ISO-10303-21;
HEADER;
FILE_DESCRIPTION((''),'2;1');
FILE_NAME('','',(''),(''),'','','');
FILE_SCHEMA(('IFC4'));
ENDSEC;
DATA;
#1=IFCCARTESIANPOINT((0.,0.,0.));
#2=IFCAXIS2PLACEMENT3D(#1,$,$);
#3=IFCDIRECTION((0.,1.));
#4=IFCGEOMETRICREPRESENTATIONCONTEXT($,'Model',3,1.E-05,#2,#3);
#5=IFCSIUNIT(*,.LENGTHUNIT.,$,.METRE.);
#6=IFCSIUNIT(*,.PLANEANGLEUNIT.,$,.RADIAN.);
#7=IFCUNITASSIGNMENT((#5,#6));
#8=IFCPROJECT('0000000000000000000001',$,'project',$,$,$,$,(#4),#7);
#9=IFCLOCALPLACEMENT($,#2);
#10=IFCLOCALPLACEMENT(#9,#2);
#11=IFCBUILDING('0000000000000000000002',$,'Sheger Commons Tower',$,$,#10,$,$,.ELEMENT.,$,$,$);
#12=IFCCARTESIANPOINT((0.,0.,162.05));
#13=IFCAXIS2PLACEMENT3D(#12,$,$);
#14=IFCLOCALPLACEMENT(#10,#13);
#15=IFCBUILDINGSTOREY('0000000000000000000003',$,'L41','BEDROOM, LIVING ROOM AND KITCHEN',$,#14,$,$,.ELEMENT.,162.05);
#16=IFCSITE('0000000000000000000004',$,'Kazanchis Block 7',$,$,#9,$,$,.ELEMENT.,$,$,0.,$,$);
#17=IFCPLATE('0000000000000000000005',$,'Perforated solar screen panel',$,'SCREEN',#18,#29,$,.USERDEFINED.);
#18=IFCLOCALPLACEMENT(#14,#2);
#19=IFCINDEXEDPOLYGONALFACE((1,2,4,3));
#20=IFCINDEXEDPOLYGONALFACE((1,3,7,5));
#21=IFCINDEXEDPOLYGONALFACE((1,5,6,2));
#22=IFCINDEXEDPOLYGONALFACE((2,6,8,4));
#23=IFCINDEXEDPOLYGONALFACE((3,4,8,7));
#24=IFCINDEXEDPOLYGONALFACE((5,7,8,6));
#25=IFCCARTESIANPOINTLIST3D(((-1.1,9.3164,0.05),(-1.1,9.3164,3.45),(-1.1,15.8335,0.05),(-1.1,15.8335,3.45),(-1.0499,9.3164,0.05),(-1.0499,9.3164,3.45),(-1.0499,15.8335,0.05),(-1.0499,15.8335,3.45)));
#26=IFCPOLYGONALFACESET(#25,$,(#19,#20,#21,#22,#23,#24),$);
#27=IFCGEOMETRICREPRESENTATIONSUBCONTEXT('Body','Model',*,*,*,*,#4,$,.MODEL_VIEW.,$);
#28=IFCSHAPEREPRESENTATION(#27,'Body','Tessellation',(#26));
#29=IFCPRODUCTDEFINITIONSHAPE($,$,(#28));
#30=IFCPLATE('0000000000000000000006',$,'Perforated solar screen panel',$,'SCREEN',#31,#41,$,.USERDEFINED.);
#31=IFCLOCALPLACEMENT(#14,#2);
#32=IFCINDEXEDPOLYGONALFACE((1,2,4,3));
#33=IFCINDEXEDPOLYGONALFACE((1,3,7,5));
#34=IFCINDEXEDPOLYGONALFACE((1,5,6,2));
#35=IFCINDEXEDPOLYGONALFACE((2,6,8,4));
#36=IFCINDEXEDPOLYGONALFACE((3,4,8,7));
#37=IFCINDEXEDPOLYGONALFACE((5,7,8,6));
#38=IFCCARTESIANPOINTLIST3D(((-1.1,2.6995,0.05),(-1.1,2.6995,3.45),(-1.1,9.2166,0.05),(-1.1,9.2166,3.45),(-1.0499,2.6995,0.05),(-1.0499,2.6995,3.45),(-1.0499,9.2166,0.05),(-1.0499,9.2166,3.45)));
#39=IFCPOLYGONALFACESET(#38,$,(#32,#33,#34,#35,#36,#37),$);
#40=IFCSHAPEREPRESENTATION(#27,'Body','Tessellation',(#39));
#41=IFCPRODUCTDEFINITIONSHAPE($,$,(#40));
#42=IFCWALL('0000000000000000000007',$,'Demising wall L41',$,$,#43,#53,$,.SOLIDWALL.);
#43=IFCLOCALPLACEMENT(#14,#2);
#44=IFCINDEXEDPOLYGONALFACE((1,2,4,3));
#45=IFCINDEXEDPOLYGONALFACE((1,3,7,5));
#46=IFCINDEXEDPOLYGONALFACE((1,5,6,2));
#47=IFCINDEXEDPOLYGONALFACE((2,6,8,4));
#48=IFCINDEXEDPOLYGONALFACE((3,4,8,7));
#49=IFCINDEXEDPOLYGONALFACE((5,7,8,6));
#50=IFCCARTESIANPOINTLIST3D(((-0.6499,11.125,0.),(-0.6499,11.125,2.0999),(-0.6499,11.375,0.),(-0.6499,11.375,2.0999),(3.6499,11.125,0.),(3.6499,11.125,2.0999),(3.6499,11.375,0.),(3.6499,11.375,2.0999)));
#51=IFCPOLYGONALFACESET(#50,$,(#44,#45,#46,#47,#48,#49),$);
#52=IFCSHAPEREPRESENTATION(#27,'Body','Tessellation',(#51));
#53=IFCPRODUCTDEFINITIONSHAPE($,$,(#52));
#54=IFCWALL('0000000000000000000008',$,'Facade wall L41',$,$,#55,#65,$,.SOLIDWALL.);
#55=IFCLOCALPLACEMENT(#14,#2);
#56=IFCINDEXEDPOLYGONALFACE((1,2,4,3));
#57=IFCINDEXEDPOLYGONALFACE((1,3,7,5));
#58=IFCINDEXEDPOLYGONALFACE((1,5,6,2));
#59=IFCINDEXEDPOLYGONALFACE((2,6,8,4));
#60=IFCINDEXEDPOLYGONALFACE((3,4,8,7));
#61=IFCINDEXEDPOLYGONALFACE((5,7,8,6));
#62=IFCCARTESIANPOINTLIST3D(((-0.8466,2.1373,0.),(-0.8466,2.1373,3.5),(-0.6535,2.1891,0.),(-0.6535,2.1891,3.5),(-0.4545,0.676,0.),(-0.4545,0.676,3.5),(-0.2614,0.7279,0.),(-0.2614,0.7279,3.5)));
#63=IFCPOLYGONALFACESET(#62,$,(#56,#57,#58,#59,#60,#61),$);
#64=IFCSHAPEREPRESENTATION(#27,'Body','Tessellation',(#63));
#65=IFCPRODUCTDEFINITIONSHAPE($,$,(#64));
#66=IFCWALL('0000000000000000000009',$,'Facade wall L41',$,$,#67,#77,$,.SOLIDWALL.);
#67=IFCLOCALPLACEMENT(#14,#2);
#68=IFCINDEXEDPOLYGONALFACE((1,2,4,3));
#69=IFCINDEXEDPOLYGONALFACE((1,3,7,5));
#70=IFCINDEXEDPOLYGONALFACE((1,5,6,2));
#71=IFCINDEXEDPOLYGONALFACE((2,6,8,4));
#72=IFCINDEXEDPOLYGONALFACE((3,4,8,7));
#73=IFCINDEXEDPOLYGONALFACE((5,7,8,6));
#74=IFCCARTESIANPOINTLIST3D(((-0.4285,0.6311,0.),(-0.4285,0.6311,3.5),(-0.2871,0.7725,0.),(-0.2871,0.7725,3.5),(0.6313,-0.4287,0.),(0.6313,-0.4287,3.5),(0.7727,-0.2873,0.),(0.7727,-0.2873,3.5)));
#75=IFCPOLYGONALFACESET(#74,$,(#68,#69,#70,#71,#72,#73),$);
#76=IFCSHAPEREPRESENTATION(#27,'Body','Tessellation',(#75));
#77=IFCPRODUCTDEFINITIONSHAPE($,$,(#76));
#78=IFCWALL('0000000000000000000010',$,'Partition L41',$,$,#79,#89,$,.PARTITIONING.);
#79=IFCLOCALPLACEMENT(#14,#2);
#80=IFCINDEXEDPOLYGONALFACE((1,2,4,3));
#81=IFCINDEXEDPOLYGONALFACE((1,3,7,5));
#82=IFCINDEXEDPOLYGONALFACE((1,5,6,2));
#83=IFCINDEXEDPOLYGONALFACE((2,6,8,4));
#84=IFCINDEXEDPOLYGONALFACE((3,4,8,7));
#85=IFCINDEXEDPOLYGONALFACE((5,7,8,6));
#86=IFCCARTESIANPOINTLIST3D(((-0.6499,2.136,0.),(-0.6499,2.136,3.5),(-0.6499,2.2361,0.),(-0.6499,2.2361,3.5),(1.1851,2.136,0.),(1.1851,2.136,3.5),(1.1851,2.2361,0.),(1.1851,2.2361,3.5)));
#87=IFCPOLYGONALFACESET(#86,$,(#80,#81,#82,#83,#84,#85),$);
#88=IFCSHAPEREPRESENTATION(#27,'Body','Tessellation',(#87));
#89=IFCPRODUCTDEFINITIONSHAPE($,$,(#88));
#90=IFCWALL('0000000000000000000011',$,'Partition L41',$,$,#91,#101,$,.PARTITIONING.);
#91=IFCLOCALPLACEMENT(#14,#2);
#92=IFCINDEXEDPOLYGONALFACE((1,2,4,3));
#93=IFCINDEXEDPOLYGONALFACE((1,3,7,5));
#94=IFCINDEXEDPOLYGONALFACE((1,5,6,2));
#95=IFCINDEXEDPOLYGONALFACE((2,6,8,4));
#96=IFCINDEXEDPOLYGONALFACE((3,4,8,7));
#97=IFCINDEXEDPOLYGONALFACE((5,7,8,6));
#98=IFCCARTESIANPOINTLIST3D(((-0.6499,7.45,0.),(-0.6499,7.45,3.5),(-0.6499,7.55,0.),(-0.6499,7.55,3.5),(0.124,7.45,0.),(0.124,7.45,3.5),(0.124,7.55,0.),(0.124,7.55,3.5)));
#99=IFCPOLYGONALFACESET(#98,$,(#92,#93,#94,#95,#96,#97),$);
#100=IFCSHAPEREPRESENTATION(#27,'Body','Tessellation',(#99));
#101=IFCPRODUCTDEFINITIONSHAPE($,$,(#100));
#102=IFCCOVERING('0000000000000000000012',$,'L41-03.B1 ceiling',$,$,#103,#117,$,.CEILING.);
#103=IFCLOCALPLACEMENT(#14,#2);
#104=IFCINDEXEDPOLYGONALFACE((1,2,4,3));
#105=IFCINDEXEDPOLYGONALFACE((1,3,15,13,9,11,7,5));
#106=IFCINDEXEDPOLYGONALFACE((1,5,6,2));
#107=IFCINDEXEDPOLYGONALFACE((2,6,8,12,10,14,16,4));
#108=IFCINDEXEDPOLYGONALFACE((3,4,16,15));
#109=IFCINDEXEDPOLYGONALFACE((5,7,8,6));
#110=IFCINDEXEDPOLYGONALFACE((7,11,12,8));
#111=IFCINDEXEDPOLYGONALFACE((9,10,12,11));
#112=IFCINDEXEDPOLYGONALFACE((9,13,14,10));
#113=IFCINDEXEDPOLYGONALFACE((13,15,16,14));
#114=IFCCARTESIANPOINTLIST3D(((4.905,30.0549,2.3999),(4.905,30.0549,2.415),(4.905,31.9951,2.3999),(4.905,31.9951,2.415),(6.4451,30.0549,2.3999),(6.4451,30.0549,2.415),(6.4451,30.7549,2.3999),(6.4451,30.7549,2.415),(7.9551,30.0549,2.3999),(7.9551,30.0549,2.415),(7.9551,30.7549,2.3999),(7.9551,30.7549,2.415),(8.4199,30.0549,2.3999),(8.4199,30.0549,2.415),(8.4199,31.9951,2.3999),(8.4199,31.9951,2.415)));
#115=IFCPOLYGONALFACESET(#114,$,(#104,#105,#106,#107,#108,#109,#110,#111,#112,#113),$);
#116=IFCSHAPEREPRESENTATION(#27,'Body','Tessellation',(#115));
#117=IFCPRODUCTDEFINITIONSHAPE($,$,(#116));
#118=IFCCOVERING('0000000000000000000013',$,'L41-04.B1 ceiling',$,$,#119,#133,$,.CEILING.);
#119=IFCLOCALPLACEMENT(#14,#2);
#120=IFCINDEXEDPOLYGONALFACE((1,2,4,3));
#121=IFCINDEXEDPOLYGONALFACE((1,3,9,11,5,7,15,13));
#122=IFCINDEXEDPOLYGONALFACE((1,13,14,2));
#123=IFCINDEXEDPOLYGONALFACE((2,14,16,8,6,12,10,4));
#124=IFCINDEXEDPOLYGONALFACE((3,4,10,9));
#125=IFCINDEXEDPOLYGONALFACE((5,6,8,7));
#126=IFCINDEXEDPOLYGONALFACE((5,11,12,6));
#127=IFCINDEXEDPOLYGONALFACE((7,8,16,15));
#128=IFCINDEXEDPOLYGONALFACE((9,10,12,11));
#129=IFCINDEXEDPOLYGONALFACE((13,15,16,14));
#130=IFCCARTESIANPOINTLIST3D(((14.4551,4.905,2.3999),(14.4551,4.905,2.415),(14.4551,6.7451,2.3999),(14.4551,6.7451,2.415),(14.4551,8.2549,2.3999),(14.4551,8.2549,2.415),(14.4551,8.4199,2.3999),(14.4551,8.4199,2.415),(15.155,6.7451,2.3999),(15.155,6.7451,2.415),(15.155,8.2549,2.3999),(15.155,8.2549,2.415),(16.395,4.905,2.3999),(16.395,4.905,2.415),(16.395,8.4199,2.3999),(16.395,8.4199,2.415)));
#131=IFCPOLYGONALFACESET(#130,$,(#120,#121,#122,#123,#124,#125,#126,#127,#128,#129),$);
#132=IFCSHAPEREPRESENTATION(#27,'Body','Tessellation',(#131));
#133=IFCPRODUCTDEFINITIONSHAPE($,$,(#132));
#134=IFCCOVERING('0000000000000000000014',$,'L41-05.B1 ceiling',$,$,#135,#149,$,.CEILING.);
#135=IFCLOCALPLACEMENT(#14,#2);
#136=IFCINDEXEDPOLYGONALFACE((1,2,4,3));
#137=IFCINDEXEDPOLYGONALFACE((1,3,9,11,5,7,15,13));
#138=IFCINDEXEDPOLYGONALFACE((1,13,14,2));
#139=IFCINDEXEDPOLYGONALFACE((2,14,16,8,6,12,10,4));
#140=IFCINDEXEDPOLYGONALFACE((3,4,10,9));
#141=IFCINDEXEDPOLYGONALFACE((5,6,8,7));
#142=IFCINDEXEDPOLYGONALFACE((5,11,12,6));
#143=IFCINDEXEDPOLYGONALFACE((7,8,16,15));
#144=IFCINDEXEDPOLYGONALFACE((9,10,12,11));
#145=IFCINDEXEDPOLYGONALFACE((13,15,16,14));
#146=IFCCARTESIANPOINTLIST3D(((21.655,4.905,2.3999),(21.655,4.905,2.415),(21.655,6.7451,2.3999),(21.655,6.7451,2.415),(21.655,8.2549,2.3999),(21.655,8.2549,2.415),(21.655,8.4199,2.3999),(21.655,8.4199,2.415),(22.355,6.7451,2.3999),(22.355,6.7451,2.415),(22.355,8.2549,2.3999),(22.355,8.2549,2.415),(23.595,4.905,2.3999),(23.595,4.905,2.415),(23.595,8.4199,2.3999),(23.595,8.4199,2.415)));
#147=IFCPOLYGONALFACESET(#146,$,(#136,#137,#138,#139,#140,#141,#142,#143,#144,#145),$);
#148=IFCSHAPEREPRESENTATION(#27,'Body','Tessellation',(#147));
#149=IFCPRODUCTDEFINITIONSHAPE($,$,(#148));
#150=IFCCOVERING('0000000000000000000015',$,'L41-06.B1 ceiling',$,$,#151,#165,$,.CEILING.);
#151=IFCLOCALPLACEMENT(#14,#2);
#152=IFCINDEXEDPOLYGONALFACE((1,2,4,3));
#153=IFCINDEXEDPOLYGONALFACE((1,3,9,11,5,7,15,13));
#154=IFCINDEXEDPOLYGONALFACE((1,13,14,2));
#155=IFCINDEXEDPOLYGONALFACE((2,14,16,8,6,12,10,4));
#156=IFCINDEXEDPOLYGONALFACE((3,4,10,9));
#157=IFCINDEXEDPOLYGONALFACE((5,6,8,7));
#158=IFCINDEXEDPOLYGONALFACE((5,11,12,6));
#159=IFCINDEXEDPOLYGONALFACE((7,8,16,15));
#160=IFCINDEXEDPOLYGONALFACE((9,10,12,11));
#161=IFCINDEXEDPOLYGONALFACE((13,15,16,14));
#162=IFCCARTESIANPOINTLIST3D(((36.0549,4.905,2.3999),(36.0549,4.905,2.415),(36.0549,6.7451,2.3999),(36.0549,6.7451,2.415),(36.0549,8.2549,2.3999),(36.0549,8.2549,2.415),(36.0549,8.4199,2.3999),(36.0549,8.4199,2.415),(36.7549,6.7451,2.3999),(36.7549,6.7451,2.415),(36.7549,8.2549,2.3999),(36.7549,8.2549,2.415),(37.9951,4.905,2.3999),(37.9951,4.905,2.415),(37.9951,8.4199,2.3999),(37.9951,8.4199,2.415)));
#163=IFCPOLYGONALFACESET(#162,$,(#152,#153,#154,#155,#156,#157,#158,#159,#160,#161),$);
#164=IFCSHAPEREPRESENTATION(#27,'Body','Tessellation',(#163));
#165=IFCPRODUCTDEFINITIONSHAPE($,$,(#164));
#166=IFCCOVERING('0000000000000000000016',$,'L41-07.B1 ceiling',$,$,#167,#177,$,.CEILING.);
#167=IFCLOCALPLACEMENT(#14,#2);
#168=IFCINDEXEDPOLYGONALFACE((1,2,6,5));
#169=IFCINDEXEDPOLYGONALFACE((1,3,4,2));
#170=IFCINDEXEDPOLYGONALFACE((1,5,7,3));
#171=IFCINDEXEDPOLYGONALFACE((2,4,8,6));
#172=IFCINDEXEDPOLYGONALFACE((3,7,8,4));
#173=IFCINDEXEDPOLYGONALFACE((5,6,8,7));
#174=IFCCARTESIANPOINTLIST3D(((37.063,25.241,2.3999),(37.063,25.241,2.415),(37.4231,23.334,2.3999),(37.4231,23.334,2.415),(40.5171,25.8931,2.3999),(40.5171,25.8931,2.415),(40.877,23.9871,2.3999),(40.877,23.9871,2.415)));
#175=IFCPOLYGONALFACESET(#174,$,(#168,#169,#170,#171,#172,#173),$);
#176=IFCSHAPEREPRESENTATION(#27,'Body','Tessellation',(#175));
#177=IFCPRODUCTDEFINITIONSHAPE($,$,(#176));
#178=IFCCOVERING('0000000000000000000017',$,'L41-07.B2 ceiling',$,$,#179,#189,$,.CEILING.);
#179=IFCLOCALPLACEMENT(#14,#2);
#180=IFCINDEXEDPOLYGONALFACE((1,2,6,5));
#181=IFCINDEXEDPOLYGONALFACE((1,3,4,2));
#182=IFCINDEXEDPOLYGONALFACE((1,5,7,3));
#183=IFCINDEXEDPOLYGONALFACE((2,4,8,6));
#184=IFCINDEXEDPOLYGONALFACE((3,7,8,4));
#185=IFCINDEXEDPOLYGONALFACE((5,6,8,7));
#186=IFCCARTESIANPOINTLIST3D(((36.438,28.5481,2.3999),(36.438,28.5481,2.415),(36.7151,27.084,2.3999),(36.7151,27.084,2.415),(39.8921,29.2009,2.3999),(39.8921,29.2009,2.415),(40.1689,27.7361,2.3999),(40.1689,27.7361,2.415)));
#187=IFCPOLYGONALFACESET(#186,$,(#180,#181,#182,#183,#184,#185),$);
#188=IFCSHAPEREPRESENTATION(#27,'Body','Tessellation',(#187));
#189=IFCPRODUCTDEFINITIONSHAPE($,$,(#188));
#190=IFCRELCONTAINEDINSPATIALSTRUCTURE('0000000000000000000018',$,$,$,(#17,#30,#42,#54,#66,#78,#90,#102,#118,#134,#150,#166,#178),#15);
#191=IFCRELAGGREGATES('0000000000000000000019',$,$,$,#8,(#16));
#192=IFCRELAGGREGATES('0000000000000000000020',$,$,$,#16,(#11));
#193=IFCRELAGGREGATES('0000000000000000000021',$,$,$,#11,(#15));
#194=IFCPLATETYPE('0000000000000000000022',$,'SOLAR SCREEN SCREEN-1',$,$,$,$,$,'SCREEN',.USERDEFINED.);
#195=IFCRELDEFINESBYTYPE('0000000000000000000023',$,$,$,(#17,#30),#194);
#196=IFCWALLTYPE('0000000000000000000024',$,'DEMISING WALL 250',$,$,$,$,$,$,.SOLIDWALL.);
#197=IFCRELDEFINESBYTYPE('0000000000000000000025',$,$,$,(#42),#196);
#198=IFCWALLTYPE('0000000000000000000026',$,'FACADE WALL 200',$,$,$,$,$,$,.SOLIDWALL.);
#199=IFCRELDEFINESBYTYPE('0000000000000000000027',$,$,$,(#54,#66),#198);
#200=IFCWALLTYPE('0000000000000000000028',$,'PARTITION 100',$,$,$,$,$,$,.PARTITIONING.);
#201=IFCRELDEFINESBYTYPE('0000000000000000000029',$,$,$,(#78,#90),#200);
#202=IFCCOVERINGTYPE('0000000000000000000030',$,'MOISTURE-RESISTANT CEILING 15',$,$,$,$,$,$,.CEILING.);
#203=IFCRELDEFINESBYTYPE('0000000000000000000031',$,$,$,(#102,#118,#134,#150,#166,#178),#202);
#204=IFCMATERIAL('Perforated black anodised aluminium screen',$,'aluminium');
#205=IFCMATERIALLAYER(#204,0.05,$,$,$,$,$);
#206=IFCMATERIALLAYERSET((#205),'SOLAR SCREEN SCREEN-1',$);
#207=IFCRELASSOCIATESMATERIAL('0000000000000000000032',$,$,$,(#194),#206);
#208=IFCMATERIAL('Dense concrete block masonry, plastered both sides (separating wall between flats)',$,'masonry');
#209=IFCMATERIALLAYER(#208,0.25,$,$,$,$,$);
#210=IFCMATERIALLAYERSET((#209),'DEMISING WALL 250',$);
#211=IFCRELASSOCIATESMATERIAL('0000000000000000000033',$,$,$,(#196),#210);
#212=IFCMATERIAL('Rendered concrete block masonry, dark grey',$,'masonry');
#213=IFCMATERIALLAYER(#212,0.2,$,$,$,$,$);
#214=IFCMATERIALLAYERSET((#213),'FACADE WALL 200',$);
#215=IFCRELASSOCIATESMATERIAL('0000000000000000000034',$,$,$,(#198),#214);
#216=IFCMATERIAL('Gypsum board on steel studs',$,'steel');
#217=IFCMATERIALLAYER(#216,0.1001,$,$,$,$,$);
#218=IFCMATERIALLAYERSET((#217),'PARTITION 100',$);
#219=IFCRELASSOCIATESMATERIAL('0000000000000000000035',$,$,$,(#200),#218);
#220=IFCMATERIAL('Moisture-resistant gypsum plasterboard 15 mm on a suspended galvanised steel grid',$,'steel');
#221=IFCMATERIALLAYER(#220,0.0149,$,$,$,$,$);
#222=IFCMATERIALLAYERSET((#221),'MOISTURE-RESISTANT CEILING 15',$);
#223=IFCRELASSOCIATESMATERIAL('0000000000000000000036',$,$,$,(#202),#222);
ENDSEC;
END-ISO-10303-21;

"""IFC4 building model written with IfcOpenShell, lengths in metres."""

from ifc_helpers import new_model, si_unit, direction, frame, frame_2d, origin, origin_2d, place, context, subcontext, project, spatial, polyline, rectangle, outline, extrude, material, layer, layer_set, type_object, element, save


model = new_model("IFC4")

# Units and contexts
model_context = context("Model", 3, precision=1e-05, world=origin(), true_north=direction((0.0, 1.0)))
body_context = subcontext(model_context, "Body", "Model", "MODEL_VIEW")
ifc_project = project(units=[si_unit("LENGTHUNIT", "METRE"), si_unit("PLANEANGLEUNIT", "RADIAN")], contexts=[model_context])

# Site, building, storey
site_placement = place(None, origin())
site = spatial("IfcSite", under=ifc_project, at=site_placement, Name="Kazanchis Block 7", CompositionType="ELEMENT", RefElevation=0.0)
building_placement = place(site_placement, origin())
building = spatial("IfcBuilding", under=site, at=building_placement, Name="Sheger Commons Tower", CompositionType="ELEMENT")
storey_placement = place(building_placement, frame((0.0, 0.0, 162.05)))
storey = spatial("IfcBuildingStorey", under=building, at=storey_placement, Name="L41", Description="BEDROOM, LIVING ROOM AND KITCHEN", CompositionType="ELEMENT", Elevation=162.05)

# Plates
ifc_material_1 = material(Name="Perforated black anodised aluminium screen", Category="aluminium")
ifc_layer_1 = layer(ifc_material_1, 0.05)
ifc_layer_set_1 = layer_set([ifc_layer_1], Name="SOLAR SCREEN SCREEN-1")
plate_type = type_object("IfcPlateType", Name="SOLAR SCREEN SCREEN-1", ElementType="SCREEN", PredefinedType="USERDEFINED", material=ifc_layer_set_1)
for number, where, z_axis, x_axis, name in (
    (1, (-1.075, 12.575, 0.05), (0.0, 0.0, 1.0), (0.0, -1.0, 0.0), "Perforated solar screen panel"),
    (2, (-1.075, 5.958, 0.05), (0.0, 0.0, 1.0), (0.0, -1.0, 0.0), "Perforated solar screen panel"),
):
    element("IfcPlate", number, at=place(storey_placement, frame(where, z_axis=z_axis, x_axis=x_axis)), inside=storey, type_object=plate_type, Name=name, ObjectType="SCREEN", PredefinedType="USERDEFINED", context=body_context, shape_type="SweptSolid", body=[
        extrude(rectangle(XDim=6.5171, YDim=0.05, at=origin_2d()), origin(), (0.0, 0.0, 1.0), 3.3999),
    ])

# Walls
ifc_material_2 = material(Name="Dense concrete block masonry, plastered both sides (separating wall between flats)", Category="masonry")
ifc_layer_2 = layer(ifc_material_2, 0.25)
ifc_layer_set_2 = layer_set([ifc_layer_2], Name="DEMISING WALL 250")
wall_type_1 = type_object("IfcWallType", Name="DEMISING WALL 250", PredefinedType="SOLIDWALL", material=ifc_layer_set_2)
wall_1_placement = place(storey_placement, frame((-0.6499, 11.25, 0.0), z_axis=(0.0, 0.0, 1.0), x_axis=(1.0, 0.0, 0.0)))
element("IfcWall", 3, at=wall_1_placement, inside=storey, type_object=wall_type_1, Name="Demising wall L41", PredefinedType="SOLIDWALL", context=body_context, shape_type="SweptSolid", body=[
    extrude(rectangle(XDim=4.2998, YDim=0.25, at=frame_2d((2.1499, 0.0))), origin(), (0.0, 0.0, 1.0), 2.0999),
])
ifc_material_3 = material(Name="Rendered concrete block masonry, dark grey", Category="masonry")
ifc_layer_3 = layer(ifc_material_3, 0.2)
ifc_layer_set_3 = layer_set([ifc_layer_3], Name="FACADE WALL 200")
wall_type_2 = type_object("IfcWallType", Name="FACADE WALL 200", PredefinedType="SOLIDWALL", material=ifc_layer_set_3)
wall_2_placement = place(storey_placement, frame((-0.75, 2.1631, 0.0), z_axis=(0.0, 0.0, 1.0), x_axis=(0.259169, -0.965832, 0.0)))
element("IfcWall", 4, at=wall_2_placement, inside=storey, type_object=wall_type_2, Name="Facade wall L41", PredefinedType="SOLIDWALL", context=body_context, shape_type="SweptSolid", body=[
    extrude(rectangle(XDim=1.5129, YDim=0.2, at=frame_2d((0.7563, 0.0))), origin(), (0.0, 0.0, 1.0), 3.5),
])
wall_3_placement = place(storey_placement, frame((-0.3579, 0.7019, 0.0), z_axis=(0.0, 0.0, 1.0), x_axis=(0.707107, -0.707107, 0.0)))
element("IfcWall", 5, at=wall_3_placement, inside=storey, type_object=wall_type_2, Name="Facade wall L41", PredefinedType="SOLIDWALL", context=body_context, shape_type="SweptSolid", body=[
    extrude(rectangle(XDim=1.4988, YDim=0.2, at=frame_2d((0.7495, 0.0))), origin(), (0.0, 0.0, 1.0), 3.5),
])
ifc_material_4 = material(Name="Gypsum board on steel studs", Category="steel")
ifc_layer_4 = layer(ifc_material_4, 0.1001)
ifc_layer_set_4 = layer_set([ifc_layer_4], Name="PARTITION 100")
wall_type_3 = type_object("IfcWallType", Name="PARTITION 100", PredefinedType="PARTITIONING", material=ifc_layer_set_4)
wall_4_placement = place(storey_placement, frame((-0.6499, 2.186, 0.0), z_axis=(0.0, 0.0, 1.0), x_axis=(1.0, 0.0, 0.0)))
element("IfcWall", 6, at=wall_4_placement, inside=storey, type_object=wall_type_3, Name="Partition L41", PredefinedType="PARTITIONING", context=body_context, shape_type="SweptSolid", body=[
    extrude(rectangle(XDim=1.835, YDim=0.1001, at=frame_2d((0.9175, 0.0))), origin(), (0.0, 0.0, 1.0), 3.5),
])
wall_5_placement = place(storey_placement, frame((-0.6499, 7.5, 0.0), z_axis=(0.0, 0.0, 1.0), x_axis=(1.0, 0.0, 0.0)))
element("IfcWall", 7, at=wall_5_placement, inside=storey, type_object=wall_type_3, Name="Partition L41", PredefinedType="PARTITIONING", context=body_context, shape_type="SweptSolid", body=[
    extrude(rectangle(XDim=0.7739, YDim=0.1001, at=frame_2d((0.387, 0.0))), origin(), (0.0, 0.0, 1.0), 3.5),
])

# Coverings
ifc_material_5 = material(Name="Moisture-resistant gypsum plasterboard 15 mm on a suspended galvanised steel grid", Category="steel")
ifc_layer_5 = layer(ifc_material_5, 0.0149)
ifc_layer_set_5 = layer_set([ifc_layer_5], Name="MOISTURE-RESISTANT CEILING 15")
covering_type_1 = type_object("IfcCoveringType", Name="MOISTURE-RESISTANT CEILING 15", PredefinedType="CEILING", material=ifc_layer_set_5)
covering_1_placement = place(storey_placement, frame((0.0, 0.0, 2.3999)))
element("IfcCovering", 8, at=covering_1_placement, inside=storey, type_object=covering_type_1, Name="L41-03.B1 ceiling", PredefinedType="CEILING", context=body_context, shape_type="SweptSolid", body=[
    extrude(outline(polyline([(4.905, 30.0549), (6.4451, 30.0549), (6.4451, 30.7549), (7.9551, 30.7549), (7.9551, 30.0549), (8.4199, 30.0549), (8.4199, 31.9951), (4.905, 31.9951), (4.905, 30.0549)])), origin(), (0.0, 0.0, 1.0), 0.0151),
])
covering_2_placement = place(storey_placement, frame((0.0, 0.0, 2.3999)))
element("IfcCovering", 9, at=covering_2_placement, inside=storey, type_object=covering_type_1, Name="L41-04.B1 ceiling", PredefinedType="CEILING", context=body_context, shape_type="SweptSolid", body=[
    extrude(outline(polyline([(14.4551, 4.905), (16.395, 4.905), (16.395, 8.4199), (14.4551, 8.4199), (14.4551, 8.2549), (15.155, 8.2549), (15.155, 6.7451), (14.4551, 6.7451), (14.4551, 4.905)])), origin(), (0.0, 0.0, 1.0), 0.0151),
])
covering_3_placement = place(storey_placement, frame((0.0, 0.0, 2.3999)))
element("IfcCovering", 10, at=covering_3_placement, inside=storey, type_object=covering_type_1, Name="L41-05.B1 ceiling", PredefinedType="CEILING", context=body_context, shape_type="SweptSolid", body=[
    extrude(outline(polyline([(21.655, 4.905), (23.595, 4.905), (23.595, 8.4199), (21.655, 8.4199), (21.655, 8.2549), (22.355, 8.2549), (22.355, 6.7451), (21.655, 6.7451), (21.655, 4.905)])), origin(), (0.0, 0.0, 1.0), 0.0151),
])
covering_4_placement = place(storey_placement, frame((0.0, 0.0, 2.3999)))
element("IfcCovering", 11, at=covering_4_placement, inside=storey, type_object=covering_type_1, Name="L41-06.B1 ceiling", PredefinedType="CEILING", context=body_context, shape_type="SweptSolid", body=[
    extrude(outline(polyline([(36.0549, 4.905), (37.9951, 4.905), (37.9951, 8.4199), (36.0549, 8.4199), (36.0549, 8.2549), (36.7549, 8.2549), (36.7549, 6.7451), (36.0549, 6.7451), (36.0549, 4.905)])), origin(), (0.0, 0.0, 1.0), 0.0151),
])
covering_5_placement = place(storey_placement, frame((0.0, 0.0, 2.3999)))
element("IfcCovering", 12, at=covering_5_placement, inside=storey, type_object=covering_type_1, Name="L41-07.B1 ceiling", PredefinedType="CEILING", context=body_context, shape_type="SweptSolid", body=[
    extrude(outline(polyline([(37.4231, 23.334), (40.877, 23.9871), (40.5171, 25.8931), (37.063, 25.241), (37.4231, 23.334)])), origin(), (0.0, 0.0, 1.0), 0.0151),
])
covering_6_placement = place(storey_placement, frame((0.0, 0.0, 2.3999)))
element("IfcCovering", 13, at=covering_6_placement, inside=storey, type_object=covering_type_1, Name="L41-07.B2 ceiling", PredefinedType="CEILING", context=body_context, shape_type="SweptSolid", body=[
    extrude(outline(polyline([(36.7151, 27.084), (40.1689, 27.7361), (39.8921, 29.2009), (36.438, 28.5481), (36.7151, 27.084)])), origin(), (0.0, 0.0, 1.0), 0.0151),
])

save(model, "model.ifc")
